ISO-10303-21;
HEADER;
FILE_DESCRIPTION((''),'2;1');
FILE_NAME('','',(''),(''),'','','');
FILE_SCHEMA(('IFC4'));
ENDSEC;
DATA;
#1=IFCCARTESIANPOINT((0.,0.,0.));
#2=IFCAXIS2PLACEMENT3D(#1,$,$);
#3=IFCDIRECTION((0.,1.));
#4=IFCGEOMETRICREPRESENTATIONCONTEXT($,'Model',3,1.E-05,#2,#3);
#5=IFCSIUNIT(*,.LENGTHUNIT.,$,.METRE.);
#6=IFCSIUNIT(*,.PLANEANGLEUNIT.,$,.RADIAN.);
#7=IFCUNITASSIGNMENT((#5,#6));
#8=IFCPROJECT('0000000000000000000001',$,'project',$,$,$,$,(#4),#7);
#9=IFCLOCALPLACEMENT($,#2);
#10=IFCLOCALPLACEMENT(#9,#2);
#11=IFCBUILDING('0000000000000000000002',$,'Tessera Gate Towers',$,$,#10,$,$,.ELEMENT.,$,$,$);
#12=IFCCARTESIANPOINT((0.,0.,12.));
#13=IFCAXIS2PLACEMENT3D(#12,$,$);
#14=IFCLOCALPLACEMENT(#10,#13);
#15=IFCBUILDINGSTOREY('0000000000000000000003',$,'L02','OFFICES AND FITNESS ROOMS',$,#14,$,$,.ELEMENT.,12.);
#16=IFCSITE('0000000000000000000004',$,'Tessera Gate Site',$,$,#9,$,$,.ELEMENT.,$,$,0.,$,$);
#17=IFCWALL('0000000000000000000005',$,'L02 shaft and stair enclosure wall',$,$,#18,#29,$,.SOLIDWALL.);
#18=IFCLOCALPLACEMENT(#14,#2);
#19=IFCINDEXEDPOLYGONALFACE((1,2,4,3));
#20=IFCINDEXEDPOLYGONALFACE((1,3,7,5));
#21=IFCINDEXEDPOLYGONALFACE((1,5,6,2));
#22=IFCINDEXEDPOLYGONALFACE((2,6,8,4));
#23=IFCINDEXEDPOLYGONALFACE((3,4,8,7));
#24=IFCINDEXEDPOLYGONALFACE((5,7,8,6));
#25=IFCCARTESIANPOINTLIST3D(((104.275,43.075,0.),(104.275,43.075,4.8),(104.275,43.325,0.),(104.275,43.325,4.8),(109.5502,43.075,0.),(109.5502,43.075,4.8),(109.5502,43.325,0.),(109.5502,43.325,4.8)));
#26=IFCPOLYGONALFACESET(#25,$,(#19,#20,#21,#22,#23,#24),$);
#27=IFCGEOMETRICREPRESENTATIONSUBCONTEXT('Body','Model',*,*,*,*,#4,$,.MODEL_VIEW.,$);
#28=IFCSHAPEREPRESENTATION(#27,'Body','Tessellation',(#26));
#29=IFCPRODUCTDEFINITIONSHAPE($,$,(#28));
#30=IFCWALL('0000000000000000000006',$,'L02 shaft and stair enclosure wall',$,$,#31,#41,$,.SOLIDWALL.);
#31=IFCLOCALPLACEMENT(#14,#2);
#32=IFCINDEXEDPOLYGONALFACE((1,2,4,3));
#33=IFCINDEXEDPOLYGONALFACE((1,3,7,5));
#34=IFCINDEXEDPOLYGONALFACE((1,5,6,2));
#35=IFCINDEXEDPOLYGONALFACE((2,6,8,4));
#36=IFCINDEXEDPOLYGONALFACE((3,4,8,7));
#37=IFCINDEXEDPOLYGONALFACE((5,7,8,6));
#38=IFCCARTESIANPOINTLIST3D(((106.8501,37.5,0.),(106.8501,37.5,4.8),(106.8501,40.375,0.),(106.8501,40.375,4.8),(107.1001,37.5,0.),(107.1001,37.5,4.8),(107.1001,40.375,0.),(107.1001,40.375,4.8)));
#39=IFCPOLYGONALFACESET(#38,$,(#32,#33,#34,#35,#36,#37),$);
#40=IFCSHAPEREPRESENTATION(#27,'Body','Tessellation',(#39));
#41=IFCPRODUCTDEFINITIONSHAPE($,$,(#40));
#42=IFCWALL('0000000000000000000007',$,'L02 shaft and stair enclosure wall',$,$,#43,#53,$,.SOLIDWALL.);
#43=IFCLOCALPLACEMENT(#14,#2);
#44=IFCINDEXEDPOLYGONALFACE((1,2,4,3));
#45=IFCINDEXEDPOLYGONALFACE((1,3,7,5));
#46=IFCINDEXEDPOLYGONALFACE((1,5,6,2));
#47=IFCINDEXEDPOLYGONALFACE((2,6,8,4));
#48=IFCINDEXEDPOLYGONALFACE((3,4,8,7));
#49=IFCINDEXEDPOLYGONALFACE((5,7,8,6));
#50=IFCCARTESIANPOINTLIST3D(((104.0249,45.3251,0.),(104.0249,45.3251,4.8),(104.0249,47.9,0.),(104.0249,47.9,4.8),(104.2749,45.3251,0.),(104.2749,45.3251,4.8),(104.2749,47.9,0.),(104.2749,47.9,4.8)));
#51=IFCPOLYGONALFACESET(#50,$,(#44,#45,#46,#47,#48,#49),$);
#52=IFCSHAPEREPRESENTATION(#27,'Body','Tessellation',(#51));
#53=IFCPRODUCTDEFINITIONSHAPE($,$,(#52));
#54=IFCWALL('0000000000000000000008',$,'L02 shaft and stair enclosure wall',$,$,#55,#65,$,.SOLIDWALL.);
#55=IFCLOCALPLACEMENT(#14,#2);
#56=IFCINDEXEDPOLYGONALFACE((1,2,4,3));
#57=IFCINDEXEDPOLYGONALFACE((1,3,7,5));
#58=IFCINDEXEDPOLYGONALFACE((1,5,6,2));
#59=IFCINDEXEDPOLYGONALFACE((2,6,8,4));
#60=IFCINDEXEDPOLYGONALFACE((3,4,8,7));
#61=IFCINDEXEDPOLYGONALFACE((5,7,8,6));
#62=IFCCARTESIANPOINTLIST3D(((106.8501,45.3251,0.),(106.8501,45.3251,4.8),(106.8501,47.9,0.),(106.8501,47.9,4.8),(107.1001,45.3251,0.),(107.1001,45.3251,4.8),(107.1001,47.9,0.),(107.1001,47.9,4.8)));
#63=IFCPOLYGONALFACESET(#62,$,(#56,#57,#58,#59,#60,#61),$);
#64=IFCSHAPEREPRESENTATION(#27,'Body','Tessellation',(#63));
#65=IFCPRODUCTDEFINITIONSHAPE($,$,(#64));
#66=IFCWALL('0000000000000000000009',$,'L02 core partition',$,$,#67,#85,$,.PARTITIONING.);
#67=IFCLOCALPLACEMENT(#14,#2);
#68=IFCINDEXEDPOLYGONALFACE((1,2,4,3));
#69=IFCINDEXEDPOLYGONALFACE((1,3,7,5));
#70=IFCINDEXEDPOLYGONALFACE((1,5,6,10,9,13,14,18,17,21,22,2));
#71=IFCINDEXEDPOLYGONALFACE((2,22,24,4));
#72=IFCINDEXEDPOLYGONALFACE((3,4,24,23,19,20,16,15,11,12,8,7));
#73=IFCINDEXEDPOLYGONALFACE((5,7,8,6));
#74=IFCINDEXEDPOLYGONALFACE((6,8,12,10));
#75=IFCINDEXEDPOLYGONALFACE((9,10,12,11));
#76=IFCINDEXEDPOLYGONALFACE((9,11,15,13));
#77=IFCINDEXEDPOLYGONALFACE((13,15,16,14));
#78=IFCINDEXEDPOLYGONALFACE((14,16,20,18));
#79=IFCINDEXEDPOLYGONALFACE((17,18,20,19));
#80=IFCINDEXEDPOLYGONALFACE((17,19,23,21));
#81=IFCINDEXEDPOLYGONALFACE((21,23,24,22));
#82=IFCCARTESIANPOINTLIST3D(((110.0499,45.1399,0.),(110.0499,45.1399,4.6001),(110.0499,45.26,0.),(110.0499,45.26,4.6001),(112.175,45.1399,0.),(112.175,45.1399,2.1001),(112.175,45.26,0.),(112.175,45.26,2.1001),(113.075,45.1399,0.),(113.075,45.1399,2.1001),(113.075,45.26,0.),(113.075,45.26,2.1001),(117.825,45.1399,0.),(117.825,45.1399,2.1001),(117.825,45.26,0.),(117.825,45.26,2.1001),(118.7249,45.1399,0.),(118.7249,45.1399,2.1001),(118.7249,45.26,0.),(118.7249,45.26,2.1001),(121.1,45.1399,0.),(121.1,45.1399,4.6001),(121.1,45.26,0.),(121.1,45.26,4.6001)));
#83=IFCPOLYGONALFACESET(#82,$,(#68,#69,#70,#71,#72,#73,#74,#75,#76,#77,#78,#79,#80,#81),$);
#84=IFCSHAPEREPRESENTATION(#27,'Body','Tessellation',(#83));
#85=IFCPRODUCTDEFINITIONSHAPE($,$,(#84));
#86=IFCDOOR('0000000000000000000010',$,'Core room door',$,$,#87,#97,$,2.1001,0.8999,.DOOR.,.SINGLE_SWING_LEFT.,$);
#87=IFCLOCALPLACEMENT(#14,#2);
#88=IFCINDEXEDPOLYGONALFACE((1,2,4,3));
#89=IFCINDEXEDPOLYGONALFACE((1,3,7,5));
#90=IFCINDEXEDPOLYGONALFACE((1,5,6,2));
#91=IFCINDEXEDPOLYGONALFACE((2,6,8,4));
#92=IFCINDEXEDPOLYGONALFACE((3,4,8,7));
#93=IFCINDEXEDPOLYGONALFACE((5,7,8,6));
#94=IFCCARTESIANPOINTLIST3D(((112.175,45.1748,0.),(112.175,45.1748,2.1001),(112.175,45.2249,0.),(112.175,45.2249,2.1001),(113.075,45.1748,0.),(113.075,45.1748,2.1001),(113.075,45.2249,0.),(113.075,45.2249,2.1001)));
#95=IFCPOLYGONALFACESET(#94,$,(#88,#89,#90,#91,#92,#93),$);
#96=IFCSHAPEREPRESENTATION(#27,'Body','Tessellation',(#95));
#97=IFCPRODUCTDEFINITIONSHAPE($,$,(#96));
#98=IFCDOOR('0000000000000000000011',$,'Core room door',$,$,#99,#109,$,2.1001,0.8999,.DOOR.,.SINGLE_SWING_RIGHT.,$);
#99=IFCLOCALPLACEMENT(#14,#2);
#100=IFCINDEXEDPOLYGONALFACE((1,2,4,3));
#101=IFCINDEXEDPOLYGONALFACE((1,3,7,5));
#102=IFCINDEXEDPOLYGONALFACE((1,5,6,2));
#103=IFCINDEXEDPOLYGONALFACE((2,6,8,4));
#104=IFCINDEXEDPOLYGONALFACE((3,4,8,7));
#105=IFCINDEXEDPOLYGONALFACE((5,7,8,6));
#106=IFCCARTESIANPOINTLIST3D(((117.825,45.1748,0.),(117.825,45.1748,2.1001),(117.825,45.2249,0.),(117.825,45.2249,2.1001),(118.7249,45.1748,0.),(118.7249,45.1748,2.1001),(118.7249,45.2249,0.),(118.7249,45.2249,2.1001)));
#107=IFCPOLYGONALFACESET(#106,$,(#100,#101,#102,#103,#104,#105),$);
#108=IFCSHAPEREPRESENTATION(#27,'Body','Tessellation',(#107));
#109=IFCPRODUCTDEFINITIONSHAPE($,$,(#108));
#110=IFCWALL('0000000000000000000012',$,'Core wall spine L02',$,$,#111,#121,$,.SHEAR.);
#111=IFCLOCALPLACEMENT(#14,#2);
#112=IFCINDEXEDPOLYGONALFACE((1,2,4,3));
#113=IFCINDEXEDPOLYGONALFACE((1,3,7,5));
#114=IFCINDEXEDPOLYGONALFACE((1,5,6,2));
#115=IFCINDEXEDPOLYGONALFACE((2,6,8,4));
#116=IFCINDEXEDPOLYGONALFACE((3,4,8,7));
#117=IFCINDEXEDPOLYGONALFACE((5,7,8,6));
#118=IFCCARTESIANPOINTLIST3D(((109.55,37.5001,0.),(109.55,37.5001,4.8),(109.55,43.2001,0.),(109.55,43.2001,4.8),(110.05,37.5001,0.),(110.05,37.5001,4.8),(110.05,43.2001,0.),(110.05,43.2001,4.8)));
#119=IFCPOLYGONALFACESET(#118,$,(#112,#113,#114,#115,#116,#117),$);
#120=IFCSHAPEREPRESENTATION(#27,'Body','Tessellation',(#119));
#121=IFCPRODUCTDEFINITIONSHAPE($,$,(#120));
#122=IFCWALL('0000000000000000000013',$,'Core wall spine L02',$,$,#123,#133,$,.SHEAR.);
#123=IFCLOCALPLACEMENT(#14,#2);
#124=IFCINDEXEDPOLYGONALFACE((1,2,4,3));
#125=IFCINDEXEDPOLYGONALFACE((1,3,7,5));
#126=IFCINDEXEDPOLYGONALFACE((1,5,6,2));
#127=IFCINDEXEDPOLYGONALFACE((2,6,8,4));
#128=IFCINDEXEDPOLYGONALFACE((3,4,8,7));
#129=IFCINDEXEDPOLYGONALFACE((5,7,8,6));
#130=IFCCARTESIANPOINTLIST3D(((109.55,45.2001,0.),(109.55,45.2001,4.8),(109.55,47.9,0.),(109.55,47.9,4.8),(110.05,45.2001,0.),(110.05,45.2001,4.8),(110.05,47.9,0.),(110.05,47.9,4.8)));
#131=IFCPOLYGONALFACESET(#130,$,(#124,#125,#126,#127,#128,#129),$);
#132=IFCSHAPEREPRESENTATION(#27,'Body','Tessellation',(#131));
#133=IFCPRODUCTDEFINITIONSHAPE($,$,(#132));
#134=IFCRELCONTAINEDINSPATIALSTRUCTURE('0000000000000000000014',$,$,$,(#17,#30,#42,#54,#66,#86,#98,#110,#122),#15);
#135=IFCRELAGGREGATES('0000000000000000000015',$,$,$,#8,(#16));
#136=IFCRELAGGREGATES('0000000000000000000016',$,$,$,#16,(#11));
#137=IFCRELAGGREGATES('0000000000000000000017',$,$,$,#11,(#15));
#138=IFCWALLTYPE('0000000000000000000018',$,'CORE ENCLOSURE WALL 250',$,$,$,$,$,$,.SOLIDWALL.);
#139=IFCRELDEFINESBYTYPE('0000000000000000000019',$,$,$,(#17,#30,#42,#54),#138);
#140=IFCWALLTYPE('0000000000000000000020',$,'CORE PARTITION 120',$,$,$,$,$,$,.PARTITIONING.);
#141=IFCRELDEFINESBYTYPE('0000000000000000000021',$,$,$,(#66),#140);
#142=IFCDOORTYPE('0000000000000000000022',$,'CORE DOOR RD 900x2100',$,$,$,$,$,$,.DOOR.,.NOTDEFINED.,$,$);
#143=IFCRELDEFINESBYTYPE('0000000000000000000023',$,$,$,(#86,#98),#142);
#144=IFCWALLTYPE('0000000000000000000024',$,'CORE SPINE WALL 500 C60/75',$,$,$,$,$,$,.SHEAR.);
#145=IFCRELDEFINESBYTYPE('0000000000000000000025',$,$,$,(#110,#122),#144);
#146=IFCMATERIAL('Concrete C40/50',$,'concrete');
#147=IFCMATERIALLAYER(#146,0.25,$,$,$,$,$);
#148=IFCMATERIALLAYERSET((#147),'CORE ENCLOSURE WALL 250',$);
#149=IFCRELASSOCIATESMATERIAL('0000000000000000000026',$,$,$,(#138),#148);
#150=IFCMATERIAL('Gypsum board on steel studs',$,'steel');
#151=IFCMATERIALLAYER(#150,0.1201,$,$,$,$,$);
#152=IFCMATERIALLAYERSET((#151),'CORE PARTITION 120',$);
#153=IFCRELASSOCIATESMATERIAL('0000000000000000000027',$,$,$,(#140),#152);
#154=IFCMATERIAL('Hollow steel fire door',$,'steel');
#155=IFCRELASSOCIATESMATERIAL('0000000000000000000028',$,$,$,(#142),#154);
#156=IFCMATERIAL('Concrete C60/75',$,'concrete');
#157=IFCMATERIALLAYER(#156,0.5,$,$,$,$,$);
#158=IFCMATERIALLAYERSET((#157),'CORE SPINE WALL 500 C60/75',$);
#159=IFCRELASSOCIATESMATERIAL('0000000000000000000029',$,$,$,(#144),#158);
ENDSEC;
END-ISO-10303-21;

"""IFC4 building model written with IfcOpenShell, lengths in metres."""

from ifc_helpers import new_model, si_unit, direction, frame, frame_2d, origin, place, context, subcontext, project, spatial, rectangle, extrude, source, transform, mapped, material, layer, layer_set, type_object, element, fill, save


model = new_model("IFC4")

# Units and contexts
model_context = context("Model", 3, precision=1e-05, world=origin(), true_north=direction((0.0, 1.0)))
body_context = subcontext(model_context, "Body", "Model", "MODEL_VIEW")
ifc_project = project(units=[si_unit("LENGTHUNIT", "METRE"), si_unit("PLANEANGLEUNIT", "RADIAN")], contexts=[model_context])

# Site, building, storey
site_placement = place(None, origin())
site = spatial("IfcSite", under=ifc_project, at=site_placement, Name="Tessera Gate Site", CompositionType="ELEMENT", RefElevation=0.0)
building_placement = place(site_placement, origin())
building = spatial("IfcBuilding", under=site, at=building_placement, Name="Tessera Gate Towers", CompositionType="ELEMENT")
storey_placement = place(building_placement, frame((0.0, 0.0, 12.0)))
storey = spatial("IfcBuildingStorey", under=building, at=storey_placement, Name="L02", Description="OFFICES AND FITNESS ROOMS", CompositionType="ELEMENT", Elevation=12.0)

# Shared definitions
ifc_material_1 = material(Name="Concrete C40/50", Category="concrete")
ifc_layer_1 = layer(ifc_material_1, 0.25)
ifc_layer_set_1 = layer_set([ifc_layer_1], Name="CORE ENCLOSURE WALL 250")
wall_type_1 = type_object("IfcWallType", Name="CORE ENCLOSURE WALL 250", PredefinedType="SOLIDWALL", material=ifc_layer_set_1)

# Walls
wall_1_placement = place(storey_placement, frame((104.2749, 43.2, 0.0), z_axis=(0.0, 0.0, 1.0), x_axis=(1.0, 0.0, 0.0)))
element("IfcWall", 1, at=wall_1_placement, inside=storey, type_object=wall_type_1, Name="L02 shaft and stair enclosure wall", PredefinedType="SOLIDWALL", context=body_context, shape_type="SweptSolid", body=[
    extrude(rectangle(XDim=5.2751, YDim=0.25, at=frame_2d((2.6377, 0.0))), origin(), (0.0, 0.0, 1.0), 4.8),
])
wall_2_placement = place(storey_placement, frame((106.9751, 37.5, 0.0), z_axis=(0.0, 0.0, 1.0), x_axis=(0.0, 1.0, 0.0)))
element("IfcWall", 2, at=wall_2_placement, inside=storey, type_object=wall_type_1, Name="L02 shaft and stair enclosure wall", PredefinedType="SOLIDWALL", context=body_context, shape_type="SweptSolid", body=[
    extrude(rectangle(XDim=2.875, YDim=0.25, at=frame_2d((1.4375, 0.0))), origin(), (0.0, 0.0, 1.0), 4.8),
])
for number, where, z_axis, x_axis, name in (
    (3, (104.1499, 45.325, 0.0), (0.0, 0.0, 1.0), (0.0, 1.0, 0.0), "L02 shaft and stair enclosure wall"),
    (4, (106.9751, 45.325, 0.0), (0.0, 0.0, 1.0), (0.0, 1.0, 0.0), "L02 shaft and stair enclosure wall"),
):
    element("IfcWall", number, at=place(storey_placement, frame(where, z_axis=z_axis, x_axis=x_axis)), inside=storey, type_object=wall_type_1, Name=name, PredefinedType="SOLIDWALL", context=body_context, shape_type="SweptSolid", body=[
        extrude(rectangle(XDim=2.575, YDim=0.25, at=frame_2d((1.2876, 0.0))), origin(), (0.0, 0.0, 1.0), 4.8),
    ])

# Wall, openings, doors
ifc_material_2 = material(Name="Gypsum board on steel studs", Category="steel")
ifc_layer_2 = layer(ifc_material_2, 0.1201)
ifc_layer_set_2 = layer_set([ifc_layer_2], Name="CORE PARTITION 120")
wall_type_2 = type_object("IfcWallType", Name="CORE PARTITION 120", PredefinedType="PARTITIONING", material=ifc_layer_set_2)
wall_3_placement = place(storey_placement, frame((110.05, 45.2, 0.0), z_axis=(0.0, 0.0, 1.0), x_axis=(1.0, 0.0, 0.0)))
wall_3 = element("IfcWall", 5, at=wall_3_placement, inside=storey, type_object=wall_type_2, Name="L02 core partition", PredefinedType="PARTITIONING", context=body_context, shape_type="SweptSolid", body=[
    extrude(rectangle(XDim=11.05, YDim=0.1201, at=frame_2d((5.5249, 0.0))), origin(), (0.0, 0.0, 1.0), 4.6001),
])
shared_shape_1 = source(origin(), body_context, "Body", "SweptSolid", [
    extrude(rectangle(XDim=0.8999, YDim=2.1001, at=frame_2d((0.45, 1.05))), frame((0.0, 0.0701, 0.0), z_axis=(0.0, -1.0, 0.0), x_axis=(1.0, 0.0, 0.0)), (0.0, 0.0, 1.0), 0.1401),
])
opening_1_placement = place(wall_3_placement, frame((2.125, 0.0, 0.0)))
opening_1 = element("IfcOpeningElement", 6, at=opening_1_placement, cuts=wall_3, PredefinedType="OPENING", context=body_context, shape_type="MappedRepresentation", body=[
    mapped(shared_shape_1, transform((0.0, 0.0, 0.0), scale=1.0)),
])
opening_2_placement = place(wall_3_placement, frame((7.7749, 0.0, 0.0)))
opening_2 = element("IfcOpeningElement", 7, at=opening_2_placement, cuts=wall_3, PredefinedType="OPENING", context=body_context, shape_type="MappedRepresentation", body=[
    mapped(shared_shape_1, transform((0.0, 0.0, 0.0), scale=1.0)),
])
ifc_material_3 = material(Name="Hollow steel fire door", Category="steel")
door_type_1 = type_object("IfcDoorType", Name="CORE DOOR RD 900x2100", OperationType="NOTDEFINED", PredefinedType="DOOR", material=ifc_material_3)
shared_shape_2 = source(origin(), body_context, "Body", "SweptSolid", [
    extrude(rectangle(XDim=0.8999, YDim=2.1001, at=frame_2d((0.45, 1.05))), frame((0.0, 0.0249, 0.0), z_axis=(0.0, -1.0, 0.0), x_axis=(1.0, 0.0, 0.0)), (0.0, 0.0, 1.0), 0.05),
])
door_1_placement = place(opening_1_placement, origin())
door_1 = element("IfcDoor", 8, at=door_1_placement, inside=storey, type_object=door_type_1, Name="Core room door", OperationType="SINGLE_SWING_LEFT", OverallHeight=2.1001, OverallWidth=0.8999, PredefinedType="DOOR", context=body_context, shape_type="MappedRepresentation", body=[
    mapped(shared_shape_2, transform((0.0, 0.0, 0.0), scale=1.0)),
])
fill(opening_1, door_1)
door_2_placement = place(opening_2_placement, origin())
door_2 = element("IfcDoor", 9, at=door_2_placement, inside=storey, type_object=door_type_1, Name="Core room door", OperationType="SINGLE_SWING_RIGHT", OverallHeight=2.1001, OverallWidth=0.8999, PredefinedType="DOOR", context=body_context, shape_type="MappedRepresentation", body=[
    mapped(shared_shape_2, transform((0.0, 0.0, 0.0), scale=1.0)),
])
fill(opening_2, door_2)

# Walls
ifc_material_4 = material(Name="Concrete C60/75", Category="concrete")
ifc_layer_3 = layer(ifc_material_4, 0.5)
ifc_layer_set_3 = layer_set([ifc_layer_3], Name="CORE SPINE WALL 500 C60/75")
wall_type_3 = type_object("IfcWallType", Name="CORE SPINE WALL 500 C60/75", PredefinedType="SHEAR", material=ifc_layer_set_3)
wall_4_placement = place(storey_placement, frame((109.8, 37.5, 0.0), z_axis=(0.0, 0.0, 1.0), x_axis=(0.0, 1.0, 0.0)))
element("IfcWall", 10, at=wall_4_placement, inside=storey, type_object=wall_type_3, Name="Core wall spine L02", PredefinedType="SHEAR", context=body_context, shape_type="SweptSolid", body=[
    extrude(rectangle(XDim=5.7, YDim=0.5, at=frame_2d((2.8501, 0.0))), origin(), (0.0, 0.0, 1.0), 4.8),
])
wall_5_placement = place(storey_placement, frame((109.8, 45.2, 0.0), z_axis=(0.0, 0.0, 1.0), x_axis=(0.0, 1.0, 0.0)))
element("IfcWall", 11, at=wall_5_placement, inside=storey, type_object=wall_type_3, Name="Core wall spine L02", PredefinedType="SHEAR", context=body_context, shape_type="SweptSolid", body=[
    extrude(rectangle(XDim=2.7, YDim=0.5, at=frame_2d((1.3501, 0.0))), origin(), (0.0, 0.0, 1.0), 4.8),
])

save(model, "model.ifc")
